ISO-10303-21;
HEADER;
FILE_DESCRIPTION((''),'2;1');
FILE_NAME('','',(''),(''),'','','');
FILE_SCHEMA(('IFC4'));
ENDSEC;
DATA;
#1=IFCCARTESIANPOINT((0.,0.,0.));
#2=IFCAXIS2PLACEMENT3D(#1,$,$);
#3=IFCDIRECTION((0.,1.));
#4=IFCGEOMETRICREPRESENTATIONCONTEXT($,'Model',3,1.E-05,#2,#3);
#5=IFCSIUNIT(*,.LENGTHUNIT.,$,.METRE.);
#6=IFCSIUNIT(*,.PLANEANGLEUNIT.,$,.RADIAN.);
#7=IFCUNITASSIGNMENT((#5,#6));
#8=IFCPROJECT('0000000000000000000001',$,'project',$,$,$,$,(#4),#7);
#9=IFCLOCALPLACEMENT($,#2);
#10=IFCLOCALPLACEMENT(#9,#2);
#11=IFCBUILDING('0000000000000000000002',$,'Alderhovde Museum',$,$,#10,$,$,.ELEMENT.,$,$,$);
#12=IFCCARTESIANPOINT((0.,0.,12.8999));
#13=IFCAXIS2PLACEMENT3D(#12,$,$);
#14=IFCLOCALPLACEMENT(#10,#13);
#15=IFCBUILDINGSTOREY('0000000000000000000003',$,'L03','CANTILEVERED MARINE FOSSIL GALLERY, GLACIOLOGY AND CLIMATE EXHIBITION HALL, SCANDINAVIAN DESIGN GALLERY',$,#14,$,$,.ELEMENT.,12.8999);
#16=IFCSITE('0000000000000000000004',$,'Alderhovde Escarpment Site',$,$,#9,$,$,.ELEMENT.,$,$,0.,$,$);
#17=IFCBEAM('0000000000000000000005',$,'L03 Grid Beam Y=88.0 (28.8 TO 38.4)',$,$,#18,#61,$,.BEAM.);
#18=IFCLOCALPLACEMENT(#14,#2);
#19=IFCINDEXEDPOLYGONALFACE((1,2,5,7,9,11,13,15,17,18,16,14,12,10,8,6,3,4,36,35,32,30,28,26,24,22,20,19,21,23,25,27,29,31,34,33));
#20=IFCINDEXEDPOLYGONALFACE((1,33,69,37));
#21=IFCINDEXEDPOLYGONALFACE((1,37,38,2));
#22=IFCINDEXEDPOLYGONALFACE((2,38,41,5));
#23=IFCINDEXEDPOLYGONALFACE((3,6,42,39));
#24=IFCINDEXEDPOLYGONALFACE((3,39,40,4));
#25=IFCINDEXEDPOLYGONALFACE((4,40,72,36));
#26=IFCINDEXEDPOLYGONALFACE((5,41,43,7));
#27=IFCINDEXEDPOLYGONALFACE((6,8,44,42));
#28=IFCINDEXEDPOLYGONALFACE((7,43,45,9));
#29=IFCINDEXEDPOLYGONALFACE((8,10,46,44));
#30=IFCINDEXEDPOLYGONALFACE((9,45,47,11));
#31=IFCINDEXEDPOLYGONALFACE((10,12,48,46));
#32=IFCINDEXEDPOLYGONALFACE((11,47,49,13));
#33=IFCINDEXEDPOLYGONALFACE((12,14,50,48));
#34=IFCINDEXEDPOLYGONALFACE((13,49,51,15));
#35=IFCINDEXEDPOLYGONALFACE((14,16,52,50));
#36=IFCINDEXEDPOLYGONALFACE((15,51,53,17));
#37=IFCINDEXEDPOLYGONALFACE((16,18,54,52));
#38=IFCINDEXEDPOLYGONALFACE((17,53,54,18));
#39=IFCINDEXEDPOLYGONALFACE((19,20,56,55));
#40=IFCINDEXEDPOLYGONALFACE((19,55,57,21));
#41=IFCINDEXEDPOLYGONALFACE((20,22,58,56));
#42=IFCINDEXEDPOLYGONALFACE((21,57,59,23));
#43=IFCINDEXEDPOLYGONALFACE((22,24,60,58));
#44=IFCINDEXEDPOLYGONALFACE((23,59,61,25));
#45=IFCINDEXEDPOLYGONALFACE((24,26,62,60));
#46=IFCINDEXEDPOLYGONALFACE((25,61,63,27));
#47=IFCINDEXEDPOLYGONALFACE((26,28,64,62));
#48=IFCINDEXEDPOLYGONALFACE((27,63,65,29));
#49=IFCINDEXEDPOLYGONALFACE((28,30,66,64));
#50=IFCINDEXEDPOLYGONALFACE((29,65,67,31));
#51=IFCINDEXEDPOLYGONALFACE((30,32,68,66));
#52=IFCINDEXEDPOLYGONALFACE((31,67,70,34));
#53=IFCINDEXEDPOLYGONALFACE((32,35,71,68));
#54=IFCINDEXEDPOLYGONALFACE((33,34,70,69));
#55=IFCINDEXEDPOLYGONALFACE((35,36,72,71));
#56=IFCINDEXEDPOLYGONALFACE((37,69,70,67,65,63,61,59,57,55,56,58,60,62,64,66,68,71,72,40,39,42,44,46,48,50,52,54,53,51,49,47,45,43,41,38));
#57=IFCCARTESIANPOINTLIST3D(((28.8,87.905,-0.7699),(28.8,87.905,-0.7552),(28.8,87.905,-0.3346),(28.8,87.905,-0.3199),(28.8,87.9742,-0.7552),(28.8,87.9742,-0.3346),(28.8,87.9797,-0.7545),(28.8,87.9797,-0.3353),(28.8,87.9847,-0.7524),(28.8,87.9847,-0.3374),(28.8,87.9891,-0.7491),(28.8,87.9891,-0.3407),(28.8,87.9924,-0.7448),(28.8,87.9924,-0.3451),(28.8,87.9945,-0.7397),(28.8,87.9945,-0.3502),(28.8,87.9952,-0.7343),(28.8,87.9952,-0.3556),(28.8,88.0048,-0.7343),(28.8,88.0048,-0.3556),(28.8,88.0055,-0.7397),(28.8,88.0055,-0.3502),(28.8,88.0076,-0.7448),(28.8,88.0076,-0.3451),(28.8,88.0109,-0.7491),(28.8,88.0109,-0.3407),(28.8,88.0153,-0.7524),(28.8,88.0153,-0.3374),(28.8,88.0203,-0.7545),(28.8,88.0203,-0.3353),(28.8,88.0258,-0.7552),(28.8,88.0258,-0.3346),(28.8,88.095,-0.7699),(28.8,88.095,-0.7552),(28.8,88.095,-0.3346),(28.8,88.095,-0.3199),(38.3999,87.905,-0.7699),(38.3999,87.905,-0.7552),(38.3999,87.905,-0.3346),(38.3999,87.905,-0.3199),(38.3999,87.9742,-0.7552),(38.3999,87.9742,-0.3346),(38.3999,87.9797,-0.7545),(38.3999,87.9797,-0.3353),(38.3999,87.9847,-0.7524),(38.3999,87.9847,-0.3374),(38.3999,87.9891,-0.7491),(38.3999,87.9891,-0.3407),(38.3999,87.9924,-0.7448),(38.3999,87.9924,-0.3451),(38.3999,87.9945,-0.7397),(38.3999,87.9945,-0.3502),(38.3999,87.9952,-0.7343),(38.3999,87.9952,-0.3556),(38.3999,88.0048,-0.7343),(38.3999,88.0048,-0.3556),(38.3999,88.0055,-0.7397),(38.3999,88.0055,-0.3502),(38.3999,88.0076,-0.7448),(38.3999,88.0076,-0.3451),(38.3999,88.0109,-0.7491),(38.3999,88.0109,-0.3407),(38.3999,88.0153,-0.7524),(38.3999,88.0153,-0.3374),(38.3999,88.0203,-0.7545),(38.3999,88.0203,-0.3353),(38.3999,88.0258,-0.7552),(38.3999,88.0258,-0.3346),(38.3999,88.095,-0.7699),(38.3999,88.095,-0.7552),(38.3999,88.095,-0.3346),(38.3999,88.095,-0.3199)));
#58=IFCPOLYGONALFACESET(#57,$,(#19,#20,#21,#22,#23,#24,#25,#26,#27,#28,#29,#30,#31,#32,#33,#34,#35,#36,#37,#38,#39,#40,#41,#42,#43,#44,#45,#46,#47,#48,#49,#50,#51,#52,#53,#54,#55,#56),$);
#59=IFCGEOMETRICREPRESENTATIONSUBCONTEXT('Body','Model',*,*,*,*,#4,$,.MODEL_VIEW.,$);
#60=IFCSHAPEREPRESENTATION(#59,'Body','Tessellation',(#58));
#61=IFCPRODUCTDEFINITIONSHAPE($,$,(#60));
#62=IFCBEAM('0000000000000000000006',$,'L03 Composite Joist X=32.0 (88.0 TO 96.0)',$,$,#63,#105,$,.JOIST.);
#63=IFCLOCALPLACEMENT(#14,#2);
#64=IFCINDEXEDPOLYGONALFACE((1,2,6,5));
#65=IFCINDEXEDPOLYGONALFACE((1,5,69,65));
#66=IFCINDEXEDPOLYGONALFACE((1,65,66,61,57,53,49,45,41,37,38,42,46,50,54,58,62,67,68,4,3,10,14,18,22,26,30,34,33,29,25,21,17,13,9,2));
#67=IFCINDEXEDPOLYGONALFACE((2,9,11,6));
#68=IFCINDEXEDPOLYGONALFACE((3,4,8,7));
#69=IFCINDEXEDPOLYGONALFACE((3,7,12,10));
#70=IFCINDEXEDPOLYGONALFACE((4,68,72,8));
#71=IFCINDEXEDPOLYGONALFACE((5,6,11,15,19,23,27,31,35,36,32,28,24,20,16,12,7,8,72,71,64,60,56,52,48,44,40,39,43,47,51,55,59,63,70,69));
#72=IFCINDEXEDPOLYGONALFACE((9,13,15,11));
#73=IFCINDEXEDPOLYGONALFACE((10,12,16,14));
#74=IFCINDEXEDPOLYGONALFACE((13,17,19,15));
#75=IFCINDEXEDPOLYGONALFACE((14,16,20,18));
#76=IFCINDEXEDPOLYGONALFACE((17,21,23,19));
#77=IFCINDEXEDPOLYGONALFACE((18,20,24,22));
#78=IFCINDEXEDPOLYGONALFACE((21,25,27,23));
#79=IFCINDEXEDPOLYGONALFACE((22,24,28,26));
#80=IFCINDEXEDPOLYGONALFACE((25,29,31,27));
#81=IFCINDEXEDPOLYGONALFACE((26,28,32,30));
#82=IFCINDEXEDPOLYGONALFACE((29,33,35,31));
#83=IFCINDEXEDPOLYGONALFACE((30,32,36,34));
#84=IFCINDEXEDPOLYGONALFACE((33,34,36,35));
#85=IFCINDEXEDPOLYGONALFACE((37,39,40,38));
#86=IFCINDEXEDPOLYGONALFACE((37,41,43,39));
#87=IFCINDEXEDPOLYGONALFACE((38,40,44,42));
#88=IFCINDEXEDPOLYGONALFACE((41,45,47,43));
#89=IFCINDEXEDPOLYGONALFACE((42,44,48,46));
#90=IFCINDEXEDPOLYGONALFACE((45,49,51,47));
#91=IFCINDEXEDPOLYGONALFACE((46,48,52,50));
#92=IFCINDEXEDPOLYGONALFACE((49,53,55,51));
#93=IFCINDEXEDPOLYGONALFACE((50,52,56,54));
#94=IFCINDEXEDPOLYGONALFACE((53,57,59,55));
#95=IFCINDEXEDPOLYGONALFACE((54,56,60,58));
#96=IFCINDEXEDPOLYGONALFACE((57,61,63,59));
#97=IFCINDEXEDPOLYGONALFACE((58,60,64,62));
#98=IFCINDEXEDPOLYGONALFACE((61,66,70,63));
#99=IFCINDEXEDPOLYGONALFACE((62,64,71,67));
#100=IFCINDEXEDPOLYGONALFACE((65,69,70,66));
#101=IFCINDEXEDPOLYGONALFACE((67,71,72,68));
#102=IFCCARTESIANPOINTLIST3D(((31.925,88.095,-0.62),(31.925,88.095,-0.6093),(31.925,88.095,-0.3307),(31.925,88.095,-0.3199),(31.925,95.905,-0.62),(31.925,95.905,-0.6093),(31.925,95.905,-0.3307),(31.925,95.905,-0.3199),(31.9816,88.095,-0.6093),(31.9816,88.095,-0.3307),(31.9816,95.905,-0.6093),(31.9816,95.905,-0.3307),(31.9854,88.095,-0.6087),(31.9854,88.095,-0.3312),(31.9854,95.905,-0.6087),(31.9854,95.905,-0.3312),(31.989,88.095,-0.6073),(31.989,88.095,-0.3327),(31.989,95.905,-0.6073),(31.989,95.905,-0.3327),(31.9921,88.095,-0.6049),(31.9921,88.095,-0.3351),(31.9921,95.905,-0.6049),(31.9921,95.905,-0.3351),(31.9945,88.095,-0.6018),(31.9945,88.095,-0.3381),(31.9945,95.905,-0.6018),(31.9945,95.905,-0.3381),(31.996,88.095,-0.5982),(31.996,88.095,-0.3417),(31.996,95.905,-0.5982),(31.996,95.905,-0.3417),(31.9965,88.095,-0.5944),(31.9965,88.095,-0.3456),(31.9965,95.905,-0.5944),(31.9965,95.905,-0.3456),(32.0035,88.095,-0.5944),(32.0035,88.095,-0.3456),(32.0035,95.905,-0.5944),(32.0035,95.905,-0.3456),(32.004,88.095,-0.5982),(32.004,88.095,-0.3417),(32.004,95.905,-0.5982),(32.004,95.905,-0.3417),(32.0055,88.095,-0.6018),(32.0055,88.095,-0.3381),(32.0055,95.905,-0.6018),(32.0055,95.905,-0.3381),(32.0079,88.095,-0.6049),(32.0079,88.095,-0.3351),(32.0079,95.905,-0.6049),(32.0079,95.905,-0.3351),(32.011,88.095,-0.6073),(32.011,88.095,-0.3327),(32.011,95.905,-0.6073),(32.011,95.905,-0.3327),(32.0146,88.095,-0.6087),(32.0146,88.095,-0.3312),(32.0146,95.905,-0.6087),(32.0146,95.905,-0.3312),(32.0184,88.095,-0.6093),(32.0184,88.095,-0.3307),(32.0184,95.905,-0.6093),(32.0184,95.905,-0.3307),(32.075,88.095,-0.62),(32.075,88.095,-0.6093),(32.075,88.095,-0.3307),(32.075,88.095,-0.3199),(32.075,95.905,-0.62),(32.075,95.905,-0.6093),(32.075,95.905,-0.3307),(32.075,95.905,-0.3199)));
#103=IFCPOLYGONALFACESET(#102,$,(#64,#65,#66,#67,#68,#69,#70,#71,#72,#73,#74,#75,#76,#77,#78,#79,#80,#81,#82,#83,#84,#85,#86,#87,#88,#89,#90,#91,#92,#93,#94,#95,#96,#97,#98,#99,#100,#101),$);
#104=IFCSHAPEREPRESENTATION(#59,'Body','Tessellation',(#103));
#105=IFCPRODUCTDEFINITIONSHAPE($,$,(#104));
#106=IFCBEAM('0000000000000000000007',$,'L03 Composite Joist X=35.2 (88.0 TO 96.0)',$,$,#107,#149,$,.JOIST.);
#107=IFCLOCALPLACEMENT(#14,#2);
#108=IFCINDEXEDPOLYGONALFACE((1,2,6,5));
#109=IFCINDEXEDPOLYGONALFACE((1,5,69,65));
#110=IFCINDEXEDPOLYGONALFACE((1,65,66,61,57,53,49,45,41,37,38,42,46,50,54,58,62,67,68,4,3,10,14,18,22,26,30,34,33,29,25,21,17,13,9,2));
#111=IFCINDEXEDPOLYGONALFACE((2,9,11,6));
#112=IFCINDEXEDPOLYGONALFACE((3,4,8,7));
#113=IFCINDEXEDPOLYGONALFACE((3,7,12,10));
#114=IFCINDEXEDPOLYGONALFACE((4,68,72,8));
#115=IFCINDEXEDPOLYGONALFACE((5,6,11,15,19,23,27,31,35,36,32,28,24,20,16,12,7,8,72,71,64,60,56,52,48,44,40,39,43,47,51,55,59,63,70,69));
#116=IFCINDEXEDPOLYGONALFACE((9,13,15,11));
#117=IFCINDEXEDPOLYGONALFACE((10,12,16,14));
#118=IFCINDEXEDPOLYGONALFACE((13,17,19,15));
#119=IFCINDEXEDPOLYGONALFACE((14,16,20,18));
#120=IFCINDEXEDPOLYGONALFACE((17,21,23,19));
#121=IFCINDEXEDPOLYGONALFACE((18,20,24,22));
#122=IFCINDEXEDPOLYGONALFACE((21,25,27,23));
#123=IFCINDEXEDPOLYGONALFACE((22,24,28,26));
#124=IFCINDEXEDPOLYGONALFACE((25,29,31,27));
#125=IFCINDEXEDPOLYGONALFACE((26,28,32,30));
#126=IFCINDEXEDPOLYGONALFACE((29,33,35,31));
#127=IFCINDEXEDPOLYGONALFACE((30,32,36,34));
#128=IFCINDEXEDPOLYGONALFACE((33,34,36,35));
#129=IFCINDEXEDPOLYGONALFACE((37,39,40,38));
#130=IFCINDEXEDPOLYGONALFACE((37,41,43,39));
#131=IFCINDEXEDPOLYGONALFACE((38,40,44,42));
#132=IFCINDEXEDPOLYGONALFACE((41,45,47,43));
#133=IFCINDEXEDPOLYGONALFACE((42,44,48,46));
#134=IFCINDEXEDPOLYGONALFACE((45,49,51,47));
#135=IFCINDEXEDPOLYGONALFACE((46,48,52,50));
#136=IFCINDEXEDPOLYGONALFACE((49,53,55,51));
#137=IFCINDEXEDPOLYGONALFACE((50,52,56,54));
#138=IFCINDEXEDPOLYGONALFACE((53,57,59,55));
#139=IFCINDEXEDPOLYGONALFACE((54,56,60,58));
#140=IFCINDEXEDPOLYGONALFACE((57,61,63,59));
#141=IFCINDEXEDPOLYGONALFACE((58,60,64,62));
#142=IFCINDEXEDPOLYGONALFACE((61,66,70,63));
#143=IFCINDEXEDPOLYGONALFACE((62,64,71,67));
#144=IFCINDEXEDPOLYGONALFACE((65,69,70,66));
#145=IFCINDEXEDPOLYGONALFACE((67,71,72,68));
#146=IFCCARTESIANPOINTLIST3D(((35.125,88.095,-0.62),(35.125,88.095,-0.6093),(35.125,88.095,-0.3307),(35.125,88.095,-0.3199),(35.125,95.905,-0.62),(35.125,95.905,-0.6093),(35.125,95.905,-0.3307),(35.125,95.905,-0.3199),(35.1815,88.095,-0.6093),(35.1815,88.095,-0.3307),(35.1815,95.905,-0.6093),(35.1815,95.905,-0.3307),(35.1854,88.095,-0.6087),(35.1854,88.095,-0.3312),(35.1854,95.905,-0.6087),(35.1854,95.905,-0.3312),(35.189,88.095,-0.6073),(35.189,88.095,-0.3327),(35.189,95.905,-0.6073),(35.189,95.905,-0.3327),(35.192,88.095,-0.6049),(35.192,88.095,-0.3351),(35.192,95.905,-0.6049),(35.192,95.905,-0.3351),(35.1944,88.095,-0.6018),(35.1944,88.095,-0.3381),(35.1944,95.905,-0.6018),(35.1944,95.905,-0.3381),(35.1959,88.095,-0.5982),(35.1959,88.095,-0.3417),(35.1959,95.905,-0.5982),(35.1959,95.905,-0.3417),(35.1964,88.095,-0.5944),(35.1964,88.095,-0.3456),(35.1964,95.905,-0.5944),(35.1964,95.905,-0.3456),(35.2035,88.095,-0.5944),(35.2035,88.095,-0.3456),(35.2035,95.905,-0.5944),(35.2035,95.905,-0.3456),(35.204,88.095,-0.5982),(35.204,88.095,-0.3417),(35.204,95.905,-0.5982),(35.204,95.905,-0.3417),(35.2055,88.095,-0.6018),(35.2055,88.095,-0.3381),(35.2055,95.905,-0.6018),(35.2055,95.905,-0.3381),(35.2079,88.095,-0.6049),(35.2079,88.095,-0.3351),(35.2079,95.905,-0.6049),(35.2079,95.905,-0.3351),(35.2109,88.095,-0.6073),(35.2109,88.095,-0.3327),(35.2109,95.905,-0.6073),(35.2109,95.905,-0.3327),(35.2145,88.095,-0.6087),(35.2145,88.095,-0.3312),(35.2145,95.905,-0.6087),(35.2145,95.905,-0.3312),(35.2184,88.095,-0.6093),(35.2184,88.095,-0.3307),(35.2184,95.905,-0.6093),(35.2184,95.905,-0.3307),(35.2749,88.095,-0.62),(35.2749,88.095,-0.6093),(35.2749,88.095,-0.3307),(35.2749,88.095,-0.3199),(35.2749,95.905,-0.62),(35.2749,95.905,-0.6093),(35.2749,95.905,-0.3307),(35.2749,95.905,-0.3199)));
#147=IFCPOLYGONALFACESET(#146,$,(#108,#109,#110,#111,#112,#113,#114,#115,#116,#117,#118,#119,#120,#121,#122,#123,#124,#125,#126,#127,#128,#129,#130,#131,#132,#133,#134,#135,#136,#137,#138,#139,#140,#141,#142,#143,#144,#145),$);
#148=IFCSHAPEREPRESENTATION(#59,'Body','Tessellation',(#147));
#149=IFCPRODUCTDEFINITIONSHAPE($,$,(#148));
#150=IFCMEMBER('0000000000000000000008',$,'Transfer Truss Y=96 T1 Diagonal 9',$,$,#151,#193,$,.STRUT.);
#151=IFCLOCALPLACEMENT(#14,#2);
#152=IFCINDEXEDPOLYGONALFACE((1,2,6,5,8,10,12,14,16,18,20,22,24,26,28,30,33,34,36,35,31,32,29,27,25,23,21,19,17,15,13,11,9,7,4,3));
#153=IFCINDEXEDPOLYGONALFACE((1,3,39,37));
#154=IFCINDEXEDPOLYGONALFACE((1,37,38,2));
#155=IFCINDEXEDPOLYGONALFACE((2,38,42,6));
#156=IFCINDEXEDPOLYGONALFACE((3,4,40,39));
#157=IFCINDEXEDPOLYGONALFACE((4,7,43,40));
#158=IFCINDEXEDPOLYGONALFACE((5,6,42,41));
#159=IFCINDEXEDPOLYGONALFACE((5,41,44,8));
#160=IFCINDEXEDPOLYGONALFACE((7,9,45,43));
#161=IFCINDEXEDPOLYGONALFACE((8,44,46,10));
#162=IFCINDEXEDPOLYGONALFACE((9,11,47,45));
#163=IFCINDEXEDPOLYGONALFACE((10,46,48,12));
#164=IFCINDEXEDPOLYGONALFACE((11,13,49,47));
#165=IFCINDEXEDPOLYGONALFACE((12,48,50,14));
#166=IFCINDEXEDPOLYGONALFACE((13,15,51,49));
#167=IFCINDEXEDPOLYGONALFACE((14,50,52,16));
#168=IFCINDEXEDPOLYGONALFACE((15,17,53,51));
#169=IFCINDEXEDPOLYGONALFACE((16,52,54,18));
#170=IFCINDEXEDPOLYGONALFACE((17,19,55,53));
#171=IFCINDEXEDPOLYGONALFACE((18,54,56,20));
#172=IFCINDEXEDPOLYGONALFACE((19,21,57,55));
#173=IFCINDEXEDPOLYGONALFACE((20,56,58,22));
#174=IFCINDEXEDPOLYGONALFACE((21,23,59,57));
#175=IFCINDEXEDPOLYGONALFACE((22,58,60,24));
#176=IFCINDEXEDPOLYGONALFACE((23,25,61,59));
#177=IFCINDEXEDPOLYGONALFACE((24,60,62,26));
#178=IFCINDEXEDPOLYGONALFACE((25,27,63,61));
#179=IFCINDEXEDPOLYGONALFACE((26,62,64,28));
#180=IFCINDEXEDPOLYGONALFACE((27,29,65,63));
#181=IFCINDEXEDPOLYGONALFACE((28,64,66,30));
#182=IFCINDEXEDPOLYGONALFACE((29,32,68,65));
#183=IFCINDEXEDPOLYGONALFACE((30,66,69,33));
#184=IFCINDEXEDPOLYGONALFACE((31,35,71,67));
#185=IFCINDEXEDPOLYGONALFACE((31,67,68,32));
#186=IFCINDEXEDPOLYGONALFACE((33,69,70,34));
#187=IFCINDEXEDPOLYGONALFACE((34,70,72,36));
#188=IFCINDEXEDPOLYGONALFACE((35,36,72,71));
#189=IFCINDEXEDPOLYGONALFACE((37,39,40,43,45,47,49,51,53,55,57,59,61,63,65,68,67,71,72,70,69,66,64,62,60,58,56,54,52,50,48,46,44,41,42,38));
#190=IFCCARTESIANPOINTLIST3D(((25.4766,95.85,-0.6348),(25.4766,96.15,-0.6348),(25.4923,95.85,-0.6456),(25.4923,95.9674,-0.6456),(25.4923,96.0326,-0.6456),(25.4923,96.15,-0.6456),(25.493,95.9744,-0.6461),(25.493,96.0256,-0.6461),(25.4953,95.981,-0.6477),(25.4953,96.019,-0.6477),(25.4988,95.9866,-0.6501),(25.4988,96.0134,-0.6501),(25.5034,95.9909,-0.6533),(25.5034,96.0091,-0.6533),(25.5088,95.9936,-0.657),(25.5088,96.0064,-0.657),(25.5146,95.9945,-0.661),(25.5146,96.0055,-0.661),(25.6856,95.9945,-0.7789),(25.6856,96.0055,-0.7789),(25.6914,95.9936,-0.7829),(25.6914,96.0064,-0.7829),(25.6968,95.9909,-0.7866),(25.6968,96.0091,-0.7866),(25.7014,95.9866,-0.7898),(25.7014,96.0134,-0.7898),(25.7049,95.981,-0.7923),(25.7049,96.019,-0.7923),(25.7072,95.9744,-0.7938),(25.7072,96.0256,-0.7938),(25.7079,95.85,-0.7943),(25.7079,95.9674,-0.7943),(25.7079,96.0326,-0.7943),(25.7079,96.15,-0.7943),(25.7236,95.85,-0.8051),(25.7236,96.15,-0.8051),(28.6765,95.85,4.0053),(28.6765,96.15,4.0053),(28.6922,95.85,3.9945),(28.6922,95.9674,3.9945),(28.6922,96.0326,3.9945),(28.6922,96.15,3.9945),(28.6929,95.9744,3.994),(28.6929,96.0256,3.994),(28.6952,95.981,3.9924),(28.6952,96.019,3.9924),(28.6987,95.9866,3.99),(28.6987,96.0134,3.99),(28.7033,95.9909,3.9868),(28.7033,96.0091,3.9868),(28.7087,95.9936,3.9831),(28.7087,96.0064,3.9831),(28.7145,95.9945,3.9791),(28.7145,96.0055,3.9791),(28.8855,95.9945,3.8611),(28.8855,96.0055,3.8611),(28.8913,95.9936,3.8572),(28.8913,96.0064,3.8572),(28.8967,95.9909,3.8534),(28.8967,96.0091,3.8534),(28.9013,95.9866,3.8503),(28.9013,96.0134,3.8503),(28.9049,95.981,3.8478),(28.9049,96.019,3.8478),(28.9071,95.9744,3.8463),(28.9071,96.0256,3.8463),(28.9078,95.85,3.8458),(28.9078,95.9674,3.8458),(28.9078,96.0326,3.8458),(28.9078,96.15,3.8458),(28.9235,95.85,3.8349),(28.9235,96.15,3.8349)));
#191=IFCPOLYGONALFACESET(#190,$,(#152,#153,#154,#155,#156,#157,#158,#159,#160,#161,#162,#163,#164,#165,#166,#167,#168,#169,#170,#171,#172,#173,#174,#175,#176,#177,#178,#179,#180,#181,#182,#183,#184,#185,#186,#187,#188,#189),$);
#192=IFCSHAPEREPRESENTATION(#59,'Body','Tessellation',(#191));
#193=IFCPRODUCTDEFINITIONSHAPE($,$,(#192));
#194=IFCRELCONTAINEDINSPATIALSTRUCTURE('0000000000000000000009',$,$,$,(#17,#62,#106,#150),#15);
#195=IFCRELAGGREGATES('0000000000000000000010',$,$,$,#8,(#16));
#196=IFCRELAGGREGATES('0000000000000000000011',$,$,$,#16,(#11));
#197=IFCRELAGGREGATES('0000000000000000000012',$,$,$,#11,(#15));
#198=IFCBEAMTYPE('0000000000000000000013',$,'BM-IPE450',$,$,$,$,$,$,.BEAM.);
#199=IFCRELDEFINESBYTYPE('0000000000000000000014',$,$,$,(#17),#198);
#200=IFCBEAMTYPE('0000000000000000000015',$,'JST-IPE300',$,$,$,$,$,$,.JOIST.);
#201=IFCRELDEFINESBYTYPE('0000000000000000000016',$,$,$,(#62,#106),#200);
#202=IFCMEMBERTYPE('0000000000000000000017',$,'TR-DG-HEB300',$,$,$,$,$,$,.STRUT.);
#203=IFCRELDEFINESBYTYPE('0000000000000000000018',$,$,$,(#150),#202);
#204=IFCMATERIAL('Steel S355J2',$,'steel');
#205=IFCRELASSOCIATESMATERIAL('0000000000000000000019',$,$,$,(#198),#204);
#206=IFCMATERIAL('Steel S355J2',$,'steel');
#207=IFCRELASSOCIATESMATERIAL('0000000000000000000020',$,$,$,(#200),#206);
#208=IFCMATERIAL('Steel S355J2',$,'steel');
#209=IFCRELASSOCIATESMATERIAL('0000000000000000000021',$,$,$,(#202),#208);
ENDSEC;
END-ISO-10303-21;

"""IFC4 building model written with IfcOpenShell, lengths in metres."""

from ifc_helpers import new_model, si_unit, direction, frame, origin, origin_2d, place, context, subcontext, project, spatial, i_section, extrude, material, material_profile, profile_set, type_object, element, save


model = new_model("IFC4")

# Units and contexts
model_context = context("Model", 3, precision=1e-05, world=origin(), true_north=direction((0.0, 1.0)))
body_context = subcontext(model_context, "Body", "Model", "MODEL_VIEW")
ifc_project = project(units=[si_unit("LENGTHUNIT", "METRE"), si_unit("PLANEANGLEUNIT", "RADIAN")], contexts=[model_context])

# Site, building, storey
site_placement = place(None, origin())
site = spatial("IfcSite", under=ifc_project, at=site_placement, Name="Alderhovde Escarpment Site", CompositionType="ELEMENT", RefElevation=0.0)
building_placement = place(site_placement, origin())
building = spatial("IfcBuilding", under=site, at=building_placement, Name="Alderhovde Museum", CompositionType="ELEMENT")
storey_placement = place(building_placement, frame((0.0, 0.0, 12.8999)))
storey = spatial("IfcBuildingStorey", under=building, at=storey_placement, Name="L03", Description="CANTILEVERED MARINE FOSSIL GALLERY, GLACIOLOGY AND CLIMATE EXHIBITION HALL, SCANDINAVIAN DESIGN GALLERY", CompositionType="ELEMENT", Elevation=12.8999)

# Beams
ifc_material_1 = material(Name="Steel S355J2", Category="steel")
ifc_material_profile_1 = material_profile(ifc_material_1, i_section(OverallWidth=0.1899, OverallDepth=0.45, WebThickness=0.0095, FlangeThickness=0.0146, FilletRadius=0.021, at=origin_2d()), Name="IPE 450")
ifc_profile_set_1 = profile_set([ifc_material_profile_1], Name="Steel S355J2")
beam_type_1 = type_object("IfcBeamType", Name="BM-IPE450", PredefinedType="BEAM", material=ifc_profile_set_1)
beam_1_placement = place(storey_placement, frame((28.8, 88.0, -0.5449), z_axis=(1.0, 0.0, 0.0), x_axis=(0.0, 1.0, 0.0)))
element("IfcBeam", 1, at=beam_1_placement, inside=storey, type_object=beam_type_1, Name="L03 Grid Beam Y=88.0 (28.8 TO 38.4)", PredefinedType="BEAM", context=body_context, shape_type="SweptSolid", body=[
    extrude(i_section(OverallWidth=0.1899, OverallDepth=0.45, WebThickness=0.0095, FlangeThickness=0.0146, FilletRadius=0.021, at=origin_2d()), origin(), (0.0, 0.0, 1.0), 9.5999),
])
ifc_material_2 = material(Name="Steel S355J2", Category="steel")
ifc_material_profile_2 = material_profile(ifc_material_2, i_section(OverallWidth=0.1499, OverallDepth=0.3, WebThickness=0.0071, FlangeThickness=0.0107, FilletRadius=0.0149, at=origin_2d()), Name="IPE 300")
ifc_profile_set_2 = profile_set([ifc_material_profile_2], Name="Steel S355J2")
beam_type_2 = type_object("IfcBeamType", Name="JST-IPE300", PredefinedType="JOIST", material=ifc_profile_set_2)
for number, where, z_axis, x_axis, name in (
    (2, (32.0, 88.095, -0.47), (0.0, 1.0, 0.0), (-1.0, 0.0, 0.0), "L03 Composite Joist X=32.0 (88.0 TO 96.0)"),
    (3, (35.2, 88.095, -0.47), (0.0, 1.0, 0.0), (-1.0, 0.0, 0.0), "L03 Composite Joist X=35.2 (88.0 TO 96.0)"),
):
    element("IfcBeam", number, at=place(storey_placement, frame(where, z_axis=z_axis, x_axis=x_axis)), inside=storey, type_object=beam_type_2, Name=name, PredefinedType="JOIST", context=body_context, shape_type="SweptSolid", body=[
        extrude(i_section(OverallWidth=0.1499, OverallDepth=0.3, WebThickness=0.0071, FlangeThickness=0.0107, FilletRadius=0.0149, at=origin_2d()), origin(), (0.0, 0.0, 1.0), 7.8101),
    ])

# Member
ifc_material_3 = material(Name="Steel S355J2", Category="steel")
ifc_material_profile_3 = material_profile(ifc_material_3, i_section(OverallWidth=0.3, OverallDepth=0.3, WebThickness=0.011, FlangeThickness=0.019, FilletRadius=0.0271, at=origin_2d()), Name="HEB 300")
ifc_profile_set_3 = profile_set([ifc_material_profile_3], Name="Steel S355J2")
member_type_1 = type_object("IfcMemberType", Name="TR-DG-HEB300", PredefinedType="STRUT", material=ifc_profile_set_3)
member_1_placement = place(storey_placement, frame((25.6001, 96.0, -0.72), z_axis=(0.567716, 0.0, 0.823225), x_axis=(0.0, 1.0, 0.0)))
element("IfcMember", 4, at=member_1_placement, inside=storey, type_object=member_type_1, Name="Transfer Truss Y=96 T1 Diagonal 9", PredefinedType="STRUT", context=body_context, shape_type="SweptSolid", body=[
    extrude(i_section(OverallWidth=0.3, OverallDepth=0.3, WebThickness=0.011, FlangeThickness=0.019, FilletRadius=0.0271, at=origin_2d()), origin(), (0.0, 0.0, 1.0), 5.6365),
])

save(model, "model.ifc")
